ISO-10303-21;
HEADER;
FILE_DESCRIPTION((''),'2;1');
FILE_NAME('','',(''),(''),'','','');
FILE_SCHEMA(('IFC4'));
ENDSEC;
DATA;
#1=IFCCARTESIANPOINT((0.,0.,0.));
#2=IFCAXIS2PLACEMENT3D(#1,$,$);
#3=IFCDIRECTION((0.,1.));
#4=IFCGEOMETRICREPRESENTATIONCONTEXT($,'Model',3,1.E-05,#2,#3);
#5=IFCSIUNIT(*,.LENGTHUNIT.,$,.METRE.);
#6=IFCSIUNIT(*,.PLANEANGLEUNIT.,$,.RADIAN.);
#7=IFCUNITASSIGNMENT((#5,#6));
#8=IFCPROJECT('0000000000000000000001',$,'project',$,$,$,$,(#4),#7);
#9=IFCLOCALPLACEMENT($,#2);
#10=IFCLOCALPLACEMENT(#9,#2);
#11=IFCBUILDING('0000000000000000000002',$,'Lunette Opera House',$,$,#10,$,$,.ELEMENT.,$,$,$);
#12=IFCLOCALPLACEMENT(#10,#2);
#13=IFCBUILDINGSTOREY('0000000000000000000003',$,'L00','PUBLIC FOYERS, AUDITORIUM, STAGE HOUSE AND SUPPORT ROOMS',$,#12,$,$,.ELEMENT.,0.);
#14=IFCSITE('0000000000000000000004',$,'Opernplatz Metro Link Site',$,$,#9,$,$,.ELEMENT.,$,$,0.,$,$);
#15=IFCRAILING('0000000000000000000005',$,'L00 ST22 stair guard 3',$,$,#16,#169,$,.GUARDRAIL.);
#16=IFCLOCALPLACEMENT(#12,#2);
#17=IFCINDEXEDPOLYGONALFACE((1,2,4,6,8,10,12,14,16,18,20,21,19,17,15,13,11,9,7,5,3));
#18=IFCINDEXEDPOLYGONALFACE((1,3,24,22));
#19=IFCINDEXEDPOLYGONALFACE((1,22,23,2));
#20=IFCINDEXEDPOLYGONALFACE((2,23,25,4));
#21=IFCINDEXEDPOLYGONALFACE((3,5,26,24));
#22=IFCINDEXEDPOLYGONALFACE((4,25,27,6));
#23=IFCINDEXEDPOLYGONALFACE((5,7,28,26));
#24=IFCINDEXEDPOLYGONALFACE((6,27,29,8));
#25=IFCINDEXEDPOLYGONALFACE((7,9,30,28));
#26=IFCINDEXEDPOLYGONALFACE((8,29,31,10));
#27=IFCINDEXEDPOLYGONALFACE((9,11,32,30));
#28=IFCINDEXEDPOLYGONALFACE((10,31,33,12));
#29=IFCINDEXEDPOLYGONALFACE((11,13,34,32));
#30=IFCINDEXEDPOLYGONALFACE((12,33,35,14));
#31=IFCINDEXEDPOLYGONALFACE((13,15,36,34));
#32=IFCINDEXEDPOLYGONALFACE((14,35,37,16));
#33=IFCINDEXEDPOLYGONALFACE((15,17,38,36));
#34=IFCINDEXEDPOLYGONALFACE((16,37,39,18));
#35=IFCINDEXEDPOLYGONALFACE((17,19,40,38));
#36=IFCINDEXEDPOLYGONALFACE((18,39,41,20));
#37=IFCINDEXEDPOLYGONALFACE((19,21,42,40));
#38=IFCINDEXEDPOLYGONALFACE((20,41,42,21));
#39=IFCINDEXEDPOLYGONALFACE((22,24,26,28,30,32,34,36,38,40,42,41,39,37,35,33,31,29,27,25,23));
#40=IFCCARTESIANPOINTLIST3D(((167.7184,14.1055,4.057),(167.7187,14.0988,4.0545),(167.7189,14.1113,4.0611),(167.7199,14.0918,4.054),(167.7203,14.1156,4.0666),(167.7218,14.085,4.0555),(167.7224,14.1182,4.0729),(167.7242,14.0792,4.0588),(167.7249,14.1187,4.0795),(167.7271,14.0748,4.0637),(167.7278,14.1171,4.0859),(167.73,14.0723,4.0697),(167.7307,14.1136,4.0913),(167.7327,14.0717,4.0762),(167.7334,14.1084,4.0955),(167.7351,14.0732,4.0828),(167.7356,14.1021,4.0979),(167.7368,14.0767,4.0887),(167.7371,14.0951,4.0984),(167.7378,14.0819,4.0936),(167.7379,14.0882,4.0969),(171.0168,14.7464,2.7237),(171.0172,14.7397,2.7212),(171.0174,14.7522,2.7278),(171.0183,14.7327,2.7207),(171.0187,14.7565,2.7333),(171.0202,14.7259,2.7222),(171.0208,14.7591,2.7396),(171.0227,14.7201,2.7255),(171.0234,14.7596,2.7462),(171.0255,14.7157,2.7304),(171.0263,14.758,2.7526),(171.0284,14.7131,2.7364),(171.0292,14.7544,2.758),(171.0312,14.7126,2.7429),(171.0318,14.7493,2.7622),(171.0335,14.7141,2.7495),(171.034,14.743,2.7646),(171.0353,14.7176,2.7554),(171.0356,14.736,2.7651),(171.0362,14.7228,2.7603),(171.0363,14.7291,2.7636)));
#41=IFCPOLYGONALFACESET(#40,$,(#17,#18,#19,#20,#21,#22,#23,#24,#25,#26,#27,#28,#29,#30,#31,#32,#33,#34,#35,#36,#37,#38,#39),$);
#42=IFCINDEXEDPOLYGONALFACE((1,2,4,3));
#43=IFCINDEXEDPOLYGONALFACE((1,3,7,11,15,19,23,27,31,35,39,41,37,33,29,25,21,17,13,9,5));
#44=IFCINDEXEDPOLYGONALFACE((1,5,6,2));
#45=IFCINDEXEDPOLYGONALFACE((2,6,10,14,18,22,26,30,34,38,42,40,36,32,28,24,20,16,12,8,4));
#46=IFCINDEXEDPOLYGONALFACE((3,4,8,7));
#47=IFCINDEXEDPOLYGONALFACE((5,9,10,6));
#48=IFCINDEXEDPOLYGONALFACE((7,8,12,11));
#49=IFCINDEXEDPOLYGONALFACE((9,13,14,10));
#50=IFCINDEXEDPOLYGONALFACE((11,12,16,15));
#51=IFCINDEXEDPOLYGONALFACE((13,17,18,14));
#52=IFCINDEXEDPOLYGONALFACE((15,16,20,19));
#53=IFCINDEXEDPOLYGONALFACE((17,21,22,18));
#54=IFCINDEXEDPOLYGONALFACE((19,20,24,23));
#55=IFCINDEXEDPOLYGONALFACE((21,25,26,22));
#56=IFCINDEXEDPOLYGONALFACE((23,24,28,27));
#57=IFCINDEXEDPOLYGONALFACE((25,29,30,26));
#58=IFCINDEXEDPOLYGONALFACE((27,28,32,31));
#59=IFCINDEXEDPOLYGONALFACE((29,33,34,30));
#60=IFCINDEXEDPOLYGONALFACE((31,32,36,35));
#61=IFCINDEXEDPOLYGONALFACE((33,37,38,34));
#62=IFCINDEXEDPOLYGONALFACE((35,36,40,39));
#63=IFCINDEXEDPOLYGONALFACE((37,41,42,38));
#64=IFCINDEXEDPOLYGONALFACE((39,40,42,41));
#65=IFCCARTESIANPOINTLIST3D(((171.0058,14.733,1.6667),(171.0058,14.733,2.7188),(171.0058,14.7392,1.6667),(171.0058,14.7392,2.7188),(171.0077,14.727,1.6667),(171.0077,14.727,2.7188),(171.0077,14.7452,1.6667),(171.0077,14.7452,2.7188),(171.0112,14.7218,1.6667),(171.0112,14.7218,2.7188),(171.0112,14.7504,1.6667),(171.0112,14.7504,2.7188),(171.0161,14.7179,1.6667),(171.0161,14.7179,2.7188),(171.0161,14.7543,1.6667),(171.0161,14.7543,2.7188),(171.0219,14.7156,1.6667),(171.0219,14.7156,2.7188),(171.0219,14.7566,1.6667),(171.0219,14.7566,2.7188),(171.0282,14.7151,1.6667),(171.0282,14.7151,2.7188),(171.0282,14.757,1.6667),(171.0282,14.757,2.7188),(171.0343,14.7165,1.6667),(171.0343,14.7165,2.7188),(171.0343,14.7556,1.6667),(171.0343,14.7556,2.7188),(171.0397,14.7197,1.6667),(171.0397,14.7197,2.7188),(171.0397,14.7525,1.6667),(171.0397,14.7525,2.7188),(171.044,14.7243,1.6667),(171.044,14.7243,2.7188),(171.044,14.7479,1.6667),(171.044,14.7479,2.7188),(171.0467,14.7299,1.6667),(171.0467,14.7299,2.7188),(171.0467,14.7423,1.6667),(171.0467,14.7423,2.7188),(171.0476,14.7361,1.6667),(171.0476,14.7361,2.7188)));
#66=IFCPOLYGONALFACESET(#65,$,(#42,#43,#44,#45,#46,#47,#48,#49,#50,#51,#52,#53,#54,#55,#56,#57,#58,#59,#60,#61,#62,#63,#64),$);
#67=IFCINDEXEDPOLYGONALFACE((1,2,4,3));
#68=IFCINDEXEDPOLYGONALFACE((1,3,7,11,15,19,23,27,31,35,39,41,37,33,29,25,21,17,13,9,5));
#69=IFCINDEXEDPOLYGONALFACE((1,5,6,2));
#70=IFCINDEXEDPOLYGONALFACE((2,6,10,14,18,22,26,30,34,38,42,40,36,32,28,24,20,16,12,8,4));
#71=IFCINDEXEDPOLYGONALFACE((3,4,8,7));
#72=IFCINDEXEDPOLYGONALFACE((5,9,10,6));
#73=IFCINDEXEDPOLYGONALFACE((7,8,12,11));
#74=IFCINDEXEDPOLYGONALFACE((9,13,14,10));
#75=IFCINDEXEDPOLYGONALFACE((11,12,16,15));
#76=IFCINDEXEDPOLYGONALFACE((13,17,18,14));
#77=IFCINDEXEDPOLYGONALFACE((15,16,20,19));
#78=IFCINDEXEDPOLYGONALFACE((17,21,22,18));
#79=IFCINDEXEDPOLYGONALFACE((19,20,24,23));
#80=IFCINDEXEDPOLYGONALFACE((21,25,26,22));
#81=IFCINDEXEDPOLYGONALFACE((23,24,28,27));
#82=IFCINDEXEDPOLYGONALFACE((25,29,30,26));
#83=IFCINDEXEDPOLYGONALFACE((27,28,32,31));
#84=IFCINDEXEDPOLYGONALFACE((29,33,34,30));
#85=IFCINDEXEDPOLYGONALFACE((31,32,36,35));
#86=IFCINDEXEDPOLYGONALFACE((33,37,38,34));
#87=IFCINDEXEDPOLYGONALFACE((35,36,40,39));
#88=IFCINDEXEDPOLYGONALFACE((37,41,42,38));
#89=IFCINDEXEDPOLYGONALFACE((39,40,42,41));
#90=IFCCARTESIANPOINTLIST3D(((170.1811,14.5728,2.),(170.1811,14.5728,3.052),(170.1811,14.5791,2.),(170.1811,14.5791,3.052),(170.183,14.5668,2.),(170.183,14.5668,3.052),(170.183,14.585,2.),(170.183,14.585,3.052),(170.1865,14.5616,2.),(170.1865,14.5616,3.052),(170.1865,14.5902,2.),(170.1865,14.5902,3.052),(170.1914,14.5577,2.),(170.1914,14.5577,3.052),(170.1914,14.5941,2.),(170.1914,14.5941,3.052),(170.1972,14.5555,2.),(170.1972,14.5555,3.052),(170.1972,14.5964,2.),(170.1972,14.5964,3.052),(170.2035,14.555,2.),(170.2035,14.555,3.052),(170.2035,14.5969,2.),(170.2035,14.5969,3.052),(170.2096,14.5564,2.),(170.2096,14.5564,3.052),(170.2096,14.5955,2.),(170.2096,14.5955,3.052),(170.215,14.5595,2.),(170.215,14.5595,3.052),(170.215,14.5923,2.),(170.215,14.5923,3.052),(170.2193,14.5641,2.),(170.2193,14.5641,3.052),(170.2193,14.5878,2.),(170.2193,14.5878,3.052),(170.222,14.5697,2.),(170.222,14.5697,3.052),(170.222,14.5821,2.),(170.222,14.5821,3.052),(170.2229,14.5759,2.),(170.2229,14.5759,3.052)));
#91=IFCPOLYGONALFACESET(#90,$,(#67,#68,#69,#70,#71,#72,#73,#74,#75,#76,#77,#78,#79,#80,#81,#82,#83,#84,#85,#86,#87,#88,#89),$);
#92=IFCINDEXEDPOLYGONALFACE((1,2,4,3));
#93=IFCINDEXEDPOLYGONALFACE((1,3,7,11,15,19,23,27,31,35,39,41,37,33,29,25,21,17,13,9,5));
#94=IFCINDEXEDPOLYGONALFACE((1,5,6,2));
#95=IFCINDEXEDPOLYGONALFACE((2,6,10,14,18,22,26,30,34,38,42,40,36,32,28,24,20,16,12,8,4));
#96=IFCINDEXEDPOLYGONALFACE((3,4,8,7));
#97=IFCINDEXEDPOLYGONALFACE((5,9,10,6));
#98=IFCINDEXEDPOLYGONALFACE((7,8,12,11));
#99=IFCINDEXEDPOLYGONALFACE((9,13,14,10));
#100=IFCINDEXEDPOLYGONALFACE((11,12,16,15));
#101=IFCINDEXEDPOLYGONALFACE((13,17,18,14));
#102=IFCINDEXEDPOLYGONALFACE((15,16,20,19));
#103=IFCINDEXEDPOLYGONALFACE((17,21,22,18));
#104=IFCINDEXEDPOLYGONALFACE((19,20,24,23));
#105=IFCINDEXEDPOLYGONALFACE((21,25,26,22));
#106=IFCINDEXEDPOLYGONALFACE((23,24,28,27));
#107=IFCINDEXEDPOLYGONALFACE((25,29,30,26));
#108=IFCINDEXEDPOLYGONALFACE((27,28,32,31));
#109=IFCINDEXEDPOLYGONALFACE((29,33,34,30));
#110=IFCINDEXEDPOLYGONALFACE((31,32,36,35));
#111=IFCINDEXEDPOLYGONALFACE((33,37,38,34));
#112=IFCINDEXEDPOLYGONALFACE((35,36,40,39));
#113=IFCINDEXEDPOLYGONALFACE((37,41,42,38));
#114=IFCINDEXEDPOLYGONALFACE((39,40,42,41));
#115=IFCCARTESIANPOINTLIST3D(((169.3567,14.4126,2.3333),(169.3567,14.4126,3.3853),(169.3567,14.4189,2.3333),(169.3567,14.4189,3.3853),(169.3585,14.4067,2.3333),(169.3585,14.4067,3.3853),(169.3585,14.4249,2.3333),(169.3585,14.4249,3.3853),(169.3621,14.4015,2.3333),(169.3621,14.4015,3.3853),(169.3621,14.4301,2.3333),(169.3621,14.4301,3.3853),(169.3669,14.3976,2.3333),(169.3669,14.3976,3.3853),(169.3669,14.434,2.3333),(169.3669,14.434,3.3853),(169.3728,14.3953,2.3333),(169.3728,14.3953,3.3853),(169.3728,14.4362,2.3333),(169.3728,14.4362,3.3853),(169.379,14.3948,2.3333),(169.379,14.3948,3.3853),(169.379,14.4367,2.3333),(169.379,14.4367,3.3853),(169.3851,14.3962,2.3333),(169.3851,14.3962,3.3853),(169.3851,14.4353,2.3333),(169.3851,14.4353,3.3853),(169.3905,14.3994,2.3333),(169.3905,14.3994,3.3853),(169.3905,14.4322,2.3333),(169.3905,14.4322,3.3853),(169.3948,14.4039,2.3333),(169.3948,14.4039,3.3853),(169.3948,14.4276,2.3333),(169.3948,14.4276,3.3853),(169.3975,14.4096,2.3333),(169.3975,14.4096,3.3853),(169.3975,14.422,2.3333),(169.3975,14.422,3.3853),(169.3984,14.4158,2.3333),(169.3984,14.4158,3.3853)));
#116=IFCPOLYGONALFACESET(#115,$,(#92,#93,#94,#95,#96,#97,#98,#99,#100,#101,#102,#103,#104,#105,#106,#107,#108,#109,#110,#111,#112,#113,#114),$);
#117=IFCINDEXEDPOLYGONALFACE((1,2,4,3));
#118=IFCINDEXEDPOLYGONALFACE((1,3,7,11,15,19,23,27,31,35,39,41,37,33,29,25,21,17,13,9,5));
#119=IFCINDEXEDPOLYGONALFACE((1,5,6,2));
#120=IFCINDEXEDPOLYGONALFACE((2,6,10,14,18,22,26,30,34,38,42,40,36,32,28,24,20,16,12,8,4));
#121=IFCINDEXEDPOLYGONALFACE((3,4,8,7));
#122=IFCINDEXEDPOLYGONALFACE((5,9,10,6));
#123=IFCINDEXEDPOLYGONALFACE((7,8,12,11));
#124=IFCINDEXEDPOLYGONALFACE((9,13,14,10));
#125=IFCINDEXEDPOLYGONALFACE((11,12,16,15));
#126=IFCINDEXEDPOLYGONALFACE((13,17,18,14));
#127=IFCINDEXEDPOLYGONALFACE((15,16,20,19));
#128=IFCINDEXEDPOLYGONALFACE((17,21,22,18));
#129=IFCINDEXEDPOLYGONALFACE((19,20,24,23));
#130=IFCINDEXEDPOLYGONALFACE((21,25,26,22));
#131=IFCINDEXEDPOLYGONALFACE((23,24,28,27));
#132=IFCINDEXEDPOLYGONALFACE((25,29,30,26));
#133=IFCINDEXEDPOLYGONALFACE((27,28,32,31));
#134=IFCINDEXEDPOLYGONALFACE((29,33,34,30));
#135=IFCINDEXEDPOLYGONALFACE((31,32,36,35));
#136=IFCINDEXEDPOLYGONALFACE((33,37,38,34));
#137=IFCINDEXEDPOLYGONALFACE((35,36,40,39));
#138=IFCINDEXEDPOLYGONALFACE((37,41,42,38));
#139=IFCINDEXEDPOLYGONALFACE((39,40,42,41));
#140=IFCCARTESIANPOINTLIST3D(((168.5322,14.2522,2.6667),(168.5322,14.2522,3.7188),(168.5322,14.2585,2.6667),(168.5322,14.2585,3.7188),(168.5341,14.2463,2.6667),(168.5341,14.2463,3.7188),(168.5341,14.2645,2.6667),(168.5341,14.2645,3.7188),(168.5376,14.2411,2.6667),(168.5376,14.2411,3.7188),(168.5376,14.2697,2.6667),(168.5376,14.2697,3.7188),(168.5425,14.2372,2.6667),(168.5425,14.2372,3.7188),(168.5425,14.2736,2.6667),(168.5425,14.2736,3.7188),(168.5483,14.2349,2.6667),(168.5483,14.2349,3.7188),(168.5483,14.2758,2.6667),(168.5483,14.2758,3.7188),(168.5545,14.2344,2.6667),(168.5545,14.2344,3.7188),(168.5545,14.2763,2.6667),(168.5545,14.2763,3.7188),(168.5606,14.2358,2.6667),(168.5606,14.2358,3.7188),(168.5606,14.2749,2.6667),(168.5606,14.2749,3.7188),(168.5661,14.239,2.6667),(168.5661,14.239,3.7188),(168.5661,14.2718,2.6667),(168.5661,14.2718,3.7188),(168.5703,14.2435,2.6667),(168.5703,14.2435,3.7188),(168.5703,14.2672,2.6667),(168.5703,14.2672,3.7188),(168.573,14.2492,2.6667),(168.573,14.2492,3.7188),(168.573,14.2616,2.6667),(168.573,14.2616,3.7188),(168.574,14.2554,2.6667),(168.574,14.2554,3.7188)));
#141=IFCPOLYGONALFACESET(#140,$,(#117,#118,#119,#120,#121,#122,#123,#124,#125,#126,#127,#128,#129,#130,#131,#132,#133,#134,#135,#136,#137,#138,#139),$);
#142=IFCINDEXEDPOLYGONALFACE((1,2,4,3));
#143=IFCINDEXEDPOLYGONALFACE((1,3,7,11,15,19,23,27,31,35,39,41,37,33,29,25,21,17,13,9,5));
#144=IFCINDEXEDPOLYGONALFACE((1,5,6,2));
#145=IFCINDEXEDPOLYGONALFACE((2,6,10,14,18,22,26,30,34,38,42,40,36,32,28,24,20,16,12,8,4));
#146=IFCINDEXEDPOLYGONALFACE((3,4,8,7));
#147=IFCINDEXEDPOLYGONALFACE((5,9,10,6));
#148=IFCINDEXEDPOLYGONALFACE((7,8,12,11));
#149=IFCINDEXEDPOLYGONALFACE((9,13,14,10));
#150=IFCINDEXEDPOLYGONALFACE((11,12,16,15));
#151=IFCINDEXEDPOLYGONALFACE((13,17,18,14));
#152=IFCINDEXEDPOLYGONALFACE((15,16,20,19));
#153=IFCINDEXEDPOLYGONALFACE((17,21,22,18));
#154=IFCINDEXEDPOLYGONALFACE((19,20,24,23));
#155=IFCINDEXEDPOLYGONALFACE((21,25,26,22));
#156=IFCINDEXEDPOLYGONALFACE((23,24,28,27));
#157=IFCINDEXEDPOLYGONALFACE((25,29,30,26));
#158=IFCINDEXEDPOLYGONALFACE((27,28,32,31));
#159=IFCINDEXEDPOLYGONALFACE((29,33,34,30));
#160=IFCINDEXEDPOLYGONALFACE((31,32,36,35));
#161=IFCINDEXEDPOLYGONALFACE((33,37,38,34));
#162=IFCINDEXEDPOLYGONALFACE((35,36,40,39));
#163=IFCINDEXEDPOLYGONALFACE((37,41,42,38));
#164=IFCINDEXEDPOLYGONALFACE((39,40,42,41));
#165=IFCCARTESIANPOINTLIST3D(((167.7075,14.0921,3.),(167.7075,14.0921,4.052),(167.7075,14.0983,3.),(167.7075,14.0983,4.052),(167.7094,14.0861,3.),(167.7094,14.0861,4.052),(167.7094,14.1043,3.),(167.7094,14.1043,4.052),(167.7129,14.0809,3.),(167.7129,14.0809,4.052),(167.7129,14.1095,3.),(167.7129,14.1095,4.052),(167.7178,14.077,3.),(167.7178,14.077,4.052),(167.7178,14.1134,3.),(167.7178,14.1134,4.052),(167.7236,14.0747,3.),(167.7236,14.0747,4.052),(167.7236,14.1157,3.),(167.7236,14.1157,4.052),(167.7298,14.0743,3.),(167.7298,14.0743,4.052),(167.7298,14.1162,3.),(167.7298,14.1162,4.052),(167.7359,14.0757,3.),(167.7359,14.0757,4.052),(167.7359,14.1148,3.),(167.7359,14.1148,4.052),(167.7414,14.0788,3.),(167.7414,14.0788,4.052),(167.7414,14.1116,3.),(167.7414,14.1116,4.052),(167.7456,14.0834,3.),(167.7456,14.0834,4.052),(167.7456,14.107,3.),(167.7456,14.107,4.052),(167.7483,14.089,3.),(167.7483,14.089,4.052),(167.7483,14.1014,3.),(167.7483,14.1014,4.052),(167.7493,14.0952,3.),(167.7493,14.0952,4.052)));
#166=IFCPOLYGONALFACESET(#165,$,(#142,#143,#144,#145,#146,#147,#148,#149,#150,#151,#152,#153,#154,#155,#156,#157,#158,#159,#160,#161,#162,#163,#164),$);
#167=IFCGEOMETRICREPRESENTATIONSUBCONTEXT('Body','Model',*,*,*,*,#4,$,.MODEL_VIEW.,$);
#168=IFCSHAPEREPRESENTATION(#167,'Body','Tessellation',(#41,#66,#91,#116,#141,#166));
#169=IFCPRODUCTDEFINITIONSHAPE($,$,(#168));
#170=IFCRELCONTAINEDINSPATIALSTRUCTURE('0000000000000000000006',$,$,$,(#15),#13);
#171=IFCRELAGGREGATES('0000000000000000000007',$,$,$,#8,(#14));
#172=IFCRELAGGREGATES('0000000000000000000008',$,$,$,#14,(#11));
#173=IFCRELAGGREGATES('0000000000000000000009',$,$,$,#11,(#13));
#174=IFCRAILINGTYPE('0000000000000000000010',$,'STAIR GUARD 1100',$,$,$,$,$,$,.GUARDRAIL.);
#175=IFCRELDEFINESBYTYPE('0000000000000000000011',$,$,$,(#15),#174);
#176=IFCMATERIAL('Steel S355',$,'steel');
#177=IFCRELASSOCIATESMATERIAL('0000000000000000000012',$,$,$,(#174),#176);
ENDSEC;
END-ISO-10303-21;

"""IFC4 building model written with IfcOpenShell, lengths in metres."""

from ifc_helpers import new_model, si_unit, direction, frame, origin, origin_2d, place, context, subcontext, project, spatial, circle, extrude, material, type_object, element, save


model = new_model("IFC4")

# Units and contexts
model_context = context("Model", 3, precision=1e-05, world=origin(), true_north=direction((0.0, 1.0)))
body_context = subcontext(model_context, "Body", "Model", "MODEL_VIEW")
ifc_project = project(units=[si_unit("LENGTHUNIT", "METRE"), si_unit("PLANEANGLEUNIT", "RADIAN")], contexts=[model_context])

# Site, building, storey
site_placement = place(None, origin())
site = spatial("IfcSite", under=ifc_project, at=site_placement, Name="Opernplatz Metro Link Site", CompositionType="ELEMENT", RefElevation=0.0)
building_placement = place(site_placement, origin())
building = spatial("IfcBuilding", under=site, at=building_placement, Name="Lunette Opera House", CompositionType="ELEMENT")
storey_placement = place(building_placement, origin())
storey = spatial("IfcBuildingStorey", under=building, at=storey_placement, Name="L00", Description="PUBLIC FOYERS, AUDITORIUM, STAGE HOUSE AND SUPPORT ROOMS", CompositionType="ELEMENT", Elevation=0.0)

# Railing
ifc_material_1 = material(Name="Steel S355", Category="steel")
railing_type_1 = type_object("IfcRailingType", Name="STAIR GUARD 1100", PredefinedType="GUARDRAIL", material=ifc_material_1)
railing_1_placement = place(storey_placement, frame((171.0266, 14.7361, 1.6667)))
element("IfcRailing", 1, at=railing_1_placement, inside=storey, type_object=railing_type_1, Name="L00 ST22 stair guard 3", PredefinedType="GUARDRAIL", context=body_context, shape_type="SweptSolid", body=[
    extrude(circle(Radius=0.0239, at=origin_2d()), frame((0.0, 0.0, 1.0762), z_axis=(-0.912435, -0.177287, 0.368824), x_axis=(0.190734, -0.981642, 0.0)), (0.0, 0.0, 1.0), 3.615),
    extrude(circle(Radius=0.021, at=origin_2d()), origin(), (0.0, 0.0, 1.0), 1.052),
    extrude(circle(Radius=0.021, at=origin_2d()), frame((-0.8247, -0.1602, 0.3333)), (0.0, 0.0, 1.0), 1.052),
    extrude(circle(Radius=0.021, at=origin_2d()), frame((-1.6492, -0.3203, 0.6665)), (0.0, 0.0, 1.0), 1.052),
    extrude(circle(Radius=0.021, at=origin_2d()), frame((-2.4736, -0.4807, 1.0)), (0.0, 0.0, 1.0), 1.052),
    extrude(circle(Radius=0.021, at=origin_2d()), frame((-3.2983, -0.6409, 1.3333)), (0.0, 0.0, 1.0), 1.052),
])

save(model, "model.ifc")
